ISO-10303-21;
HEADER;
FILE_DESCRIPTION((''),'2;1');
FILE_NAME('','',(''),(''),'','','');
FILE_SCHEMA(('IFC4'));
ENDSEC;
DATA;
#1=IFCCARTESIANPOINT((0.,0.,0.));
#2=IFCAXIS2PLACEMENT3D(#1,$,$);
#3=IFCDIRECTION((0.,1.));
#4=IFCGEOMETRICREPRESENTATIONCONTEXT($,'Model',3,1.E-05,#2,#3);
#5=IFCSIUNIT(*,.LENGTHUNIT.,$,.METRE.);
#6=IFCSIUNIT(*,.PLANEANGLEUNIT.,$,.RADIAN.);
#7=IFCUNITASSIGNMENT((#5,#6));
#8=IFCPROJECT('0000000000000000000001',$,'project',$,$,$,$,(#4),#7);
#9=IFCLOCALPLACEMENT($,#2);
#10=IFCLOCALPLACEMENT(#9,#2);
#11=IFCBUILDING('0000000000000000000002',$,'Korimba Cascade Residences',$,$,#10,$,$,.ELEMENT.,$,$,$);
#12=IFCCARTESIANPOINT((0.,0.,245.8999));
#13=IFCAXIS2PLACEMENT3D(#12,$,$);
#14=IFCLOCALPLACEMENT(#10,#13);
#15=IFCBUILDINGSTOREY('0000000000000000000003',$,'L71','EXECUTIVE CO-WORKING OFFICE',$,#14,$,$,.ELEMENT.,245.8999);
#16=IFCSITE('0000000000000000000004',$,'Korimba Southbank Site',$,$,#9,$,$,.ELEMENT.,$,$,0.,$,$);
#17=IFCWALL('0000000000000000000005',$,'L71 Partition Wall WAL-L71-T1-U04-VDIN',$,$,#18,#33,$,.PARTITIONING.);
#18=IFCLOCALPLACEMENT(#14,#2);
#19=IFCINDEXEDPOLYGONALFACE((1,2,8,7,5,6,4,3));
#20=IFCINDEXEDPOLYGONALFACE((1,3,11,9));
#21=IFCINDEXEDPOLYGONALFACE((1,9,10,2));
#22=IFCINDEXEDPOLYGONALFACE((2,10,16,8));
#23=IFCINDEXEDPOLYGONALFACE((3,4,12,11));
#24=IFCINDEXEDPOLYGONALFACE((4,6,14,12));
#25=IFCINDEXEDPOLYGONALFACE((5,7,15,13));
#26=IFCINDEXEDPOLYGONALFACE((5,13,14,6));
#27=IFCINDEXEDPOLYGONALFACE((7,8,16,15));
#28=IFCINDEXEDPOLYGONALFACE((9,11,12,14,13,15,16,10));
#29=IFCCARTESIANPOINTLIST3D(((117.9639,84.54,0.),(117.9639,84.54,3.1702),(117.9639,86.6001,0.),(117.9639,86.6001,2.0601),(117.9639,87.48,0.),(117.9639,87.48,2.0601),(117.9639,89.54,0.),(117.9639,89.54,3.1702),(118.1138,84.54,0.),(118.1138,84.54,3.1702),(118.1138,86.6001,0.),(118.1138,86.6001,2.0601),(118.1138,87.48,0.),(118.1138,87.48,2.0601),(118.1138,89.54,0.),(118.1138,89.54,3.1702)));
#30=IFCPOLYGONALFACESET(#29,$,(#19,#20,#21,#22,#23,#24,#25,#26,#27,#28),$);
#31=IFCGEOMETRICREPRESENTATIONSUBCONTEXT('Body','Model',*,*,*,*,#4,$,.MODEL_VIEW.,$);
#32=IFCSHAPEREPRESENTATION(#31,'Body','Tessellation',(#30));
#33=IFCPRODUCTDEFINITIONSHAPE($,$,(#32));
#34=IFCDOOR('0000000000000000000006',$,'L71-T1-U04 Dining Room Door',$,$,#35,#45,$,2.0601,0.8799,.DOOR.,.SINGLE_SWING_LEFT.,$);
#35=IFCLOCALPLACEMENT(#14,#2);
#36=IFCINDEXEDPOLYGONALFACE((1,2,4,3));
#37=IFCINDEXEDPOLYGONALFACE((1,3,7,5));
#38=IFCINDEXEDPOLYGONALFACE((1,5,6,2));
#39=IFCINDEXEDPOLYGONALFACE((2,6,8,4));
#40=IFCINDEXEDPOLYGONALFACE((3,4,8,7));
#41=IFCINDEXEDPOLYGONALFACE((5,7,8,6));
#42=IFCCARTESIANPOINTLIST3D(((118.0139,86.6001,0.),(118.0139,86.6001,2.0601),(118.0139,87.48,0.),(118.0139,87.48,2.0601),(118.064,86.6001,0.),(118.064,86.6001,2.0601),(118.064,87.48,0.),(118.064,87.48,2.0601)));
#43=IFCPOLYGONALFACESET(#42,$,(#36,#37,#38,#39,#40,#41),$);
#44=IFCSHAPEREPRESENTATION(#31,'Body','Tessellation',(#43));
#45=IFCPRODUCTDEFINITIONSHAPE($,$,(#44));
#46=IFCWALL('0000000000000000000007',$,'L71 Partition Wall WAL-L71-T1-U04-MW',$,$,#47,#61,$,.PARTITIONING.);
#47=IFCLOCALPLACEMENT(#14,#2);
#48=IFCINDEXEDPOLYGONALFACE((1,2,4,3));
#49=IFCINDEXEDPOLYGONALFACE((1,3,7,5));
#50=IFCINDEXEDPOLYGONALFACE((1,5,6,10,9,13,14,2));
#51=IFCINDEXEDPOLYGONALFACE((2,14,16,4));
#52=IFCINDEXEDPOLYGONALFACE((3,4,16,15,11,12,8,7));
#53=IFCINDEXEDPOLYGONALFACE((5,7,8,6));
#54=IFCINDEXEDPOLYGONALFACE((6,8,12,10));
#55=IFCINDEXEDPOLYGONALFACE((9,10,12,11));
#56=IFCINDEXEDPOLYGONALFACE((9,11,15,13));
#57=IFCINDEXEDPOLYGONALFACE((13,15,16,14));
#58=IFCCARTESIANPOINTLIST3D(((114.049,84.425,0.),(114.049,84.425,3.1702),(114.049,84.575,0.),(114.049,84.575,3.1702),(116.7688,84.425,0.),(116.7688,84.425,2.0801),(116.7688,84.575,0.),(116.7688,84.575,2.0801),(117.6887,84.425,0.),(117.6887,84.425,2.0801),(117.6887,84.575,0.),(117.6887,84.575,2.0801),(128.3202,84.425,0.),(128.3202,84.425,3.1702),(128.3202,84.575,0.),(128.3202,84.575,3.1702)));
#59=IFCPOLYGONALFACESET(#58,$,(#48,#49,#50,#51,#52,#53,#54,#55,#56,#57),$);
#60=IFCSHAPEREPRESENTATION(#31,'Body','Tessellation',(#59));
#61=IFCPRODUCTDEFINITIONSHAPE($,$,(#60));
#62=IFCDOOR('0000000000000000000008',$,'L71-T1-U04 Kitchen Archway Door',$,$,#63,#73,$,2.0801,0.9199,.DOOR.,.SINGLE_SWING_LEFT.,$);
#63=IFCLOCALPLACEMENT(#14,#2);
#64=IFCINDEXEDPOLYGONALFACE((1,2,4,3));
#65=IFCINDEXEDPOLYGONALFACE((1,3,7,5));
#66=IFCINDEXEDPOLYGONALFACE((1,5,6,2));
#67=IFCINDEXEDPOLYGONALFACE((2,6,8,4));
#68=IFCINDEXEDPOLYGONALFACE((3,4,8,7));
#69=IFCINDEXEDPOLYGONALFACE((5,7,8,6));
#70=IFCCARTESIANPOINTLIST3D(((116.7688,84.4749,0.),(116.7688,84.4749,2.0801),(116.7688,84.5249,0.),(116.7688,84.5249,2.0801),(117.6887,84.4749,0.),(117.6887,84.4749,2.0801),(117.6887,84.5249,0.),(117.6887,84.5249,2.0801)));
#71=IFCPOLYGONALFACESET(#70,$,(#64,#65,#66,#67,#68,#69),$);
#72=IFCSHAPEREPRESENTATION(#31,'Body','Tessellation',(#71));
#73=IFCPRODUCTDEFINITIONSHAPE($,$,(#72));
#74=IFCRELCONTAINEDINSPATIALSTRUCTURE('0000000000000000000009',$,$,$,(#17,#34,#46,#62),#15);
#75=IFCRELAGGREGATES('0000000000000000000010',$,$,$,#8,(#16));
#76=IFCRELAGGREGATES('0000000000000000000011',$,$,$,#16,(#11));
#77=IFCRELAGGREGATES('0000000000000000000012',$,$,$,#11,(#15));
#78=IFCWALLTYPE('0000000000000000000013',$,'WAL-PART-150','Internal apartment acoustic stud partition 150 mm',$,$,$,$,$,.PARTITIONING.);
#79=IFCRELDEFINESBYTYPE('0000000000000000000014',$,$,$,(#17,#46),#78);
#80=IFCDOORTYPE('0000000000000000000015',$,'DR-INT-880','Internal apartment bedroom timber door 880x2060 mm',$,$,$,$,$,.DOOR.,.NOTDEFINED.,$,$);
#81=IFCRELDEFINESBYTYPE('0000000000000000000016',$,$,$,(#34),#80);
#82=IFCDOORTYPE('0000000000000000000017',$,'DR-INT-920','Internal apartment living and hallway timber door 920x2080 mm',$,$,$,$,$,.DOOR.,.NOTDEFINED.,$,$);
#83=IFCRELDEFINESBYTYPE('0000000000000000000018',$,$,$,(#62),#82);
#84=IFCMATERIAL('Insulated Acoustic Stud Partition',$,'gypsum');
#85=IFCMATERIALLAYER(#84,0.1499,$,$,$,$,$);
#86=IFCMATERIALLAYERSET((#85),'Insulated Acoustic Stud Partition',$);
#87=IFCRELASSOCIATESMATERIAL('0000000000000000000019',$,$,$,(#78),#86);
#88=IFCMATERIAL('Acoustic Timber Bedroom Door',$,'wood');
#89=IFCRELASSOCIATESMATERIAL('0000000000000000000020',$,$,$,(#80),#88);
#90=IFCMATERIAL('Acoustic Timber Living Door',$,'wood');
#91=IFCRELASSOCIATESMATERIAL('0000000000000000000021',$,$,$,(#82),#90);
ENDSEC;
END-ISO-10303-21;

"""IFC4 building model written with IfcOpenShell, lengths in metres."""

from ifc_helpers import new_model, si_unit, direction, frame, frame_2d, origin, place, context, subcontext, project, spatial, rectangle, extrude, material, layer, layer_set, type_object, element, fill, save


model = new_model("IFC4")

# Units and contexts
model_context = context("Model", 3, precision=1e-05, world=origin(), true_north=direction((0.0, 1.0)))
body_context = subcontext(model_context, "Body", "Model", "MODEL_VIEW")
ifc_project = project(units=[si_unit("LENGTHUNIT", "METRE"), si_unit("PLANEANGLEUNIT", "RADIAN")], contexts=[model_context])

# Site, building, storey
site_placement = place(None, origin())
site = spatial("IfcSite", under=ifc_project, at=site_placement, Name="Korimba Southbank Site", CompositionType="ELEMENT", RefElevation=0.0)
building_placement = place(site_placement, origin())
building = spatial("IfcBuilding", under=site, at=building_placement, Name="Korimba Cascade Residences", CompositionType="ELEMENT")
storey_placement = place(building_placement, frame((0.0, 0.0, 245.8999)))
storey = spatial("IfcBuildingStorey", under=building, at=storey_placement, Name="L71", Description="EXECUTIVE CO-WORKING OFFICE", CompositionType="ELEMENT", Elevation=245.8999)

# Walls, openings, doors
ifc_material_1 = material(Name="Insulated Acoustic Stud Partition", Category="gypsum")
ifc_layer_1 = layer(ifc_material_1, 0.1499)
ifc_layer_set_1 = layer_set([ifc_layer_1], Name="Insulated Acoustic Stud Partition")
wall_type_1 = type_object("IfcWallType", Name="WAL-PART-150", Description="Internal apartment acoustic stud partition 150 mm", PredefinedType="PARTITIONING", material=ifc_layer_set_1)
ifc_material_2 = material(Name="Acoustic Timber Bedroom Door", Category="wood")
door_type_1 = type_object("IfcDoorType", Name="DR-INT-880", Description="Internal apartment bedroom timber door 880x2060 mm", OperationType="NOTDEFINED", PredefinedType="DOOR", material=ifc_material_2)
wall_1_placement = place(storey_placement, frame((118.0388, 84.54, 0.0), z_axis=(0.0, 0.0, 1.0), x_axis=(0.0, 1.0, 0.0)))
wall_1 = element("IfcWall", 1, at=wall_1_placement, inside=storey, type_object=wall_type_1, Name="L71 Partition Wall WAL-L71-T1-U04-VDIN", PredefinedType="PARTITIONING", context=body_context, shape_type="SweptSolid", body=[
    extrude(rectangle(XDim=5.0, YDim=0.1499, at=frame_2d((2.5, 0.0))), origin(), (0.0, 0.0, 1.0), 3.1702),
])
opening_1_placement = place(wall_1_placement, frame((2.0601, 0.0, 0.0)))
opening_1 = element("IfcOpeningElement", 2, at=opening_1_placement, cuts=wall_1, PredefinedType="OPENING", context=body_context, shape_type="SweptSolid", body=[
    extrude(rectangle(XDim=0.8799, YDim=2.0601, at=frame_2d((0.4399, 1.03))), frame((0.0, 0.085, 0.0), z_axis=(0.0, -1.0, 0.0), x_axis=(1.0, 0.0, 0.0)), (0.0, 0.0, 1.0), 0.1699),
])
door_1_placement = place(opening_1_placement, origin())
door_1 = element("IfcDoor", 3, at=door_1_placement, inside=storey, type_object=door_type_1, Name="L71-T1-U04 Dining Room Door", OperationType="SINGLE_SWING_LEFT", OverallHeight=2.0601, OverallWidth=0.8799, PredefinedType="DOOR", context=body_context, shape_type="SweptSolid", body=[
    extrude(rectangle(XDim=0.8799, YDim=2.0601, at=frame_2d((0.4399, 1.03))), frame((0.0, 0.0249, 0.0), z_axis=(0.0, -1.0, 0.0), x_axis=(1.0, 0.0, 0.0)), (0.0, 0.0, 1.0), 0.05),
])
fill(opening_1, door_1)
wall_2_placement = place(storey_placement, frame((114.0488, 84.5, 0.0), z_axis=(0.0, 0.0, 1.0), x_axis=(1.0, 0.0, 0.0)))
wall_2 = element("IfcWall", 4, at=wall_2_placement, inside=storey, type_object=wall_type_1, Name="L71 Partition Wall WAL-L71-T1-U04-MW", PredefinedType="PARTITIONING", context=body_context, shape_type="SweptSolid", body=[
    extrude(rectangle(XDim=14.2712, YDim=0.1499, at=frame_2d((7.1357, 0.0))), origin(), (0.0, 0.0, 1.0), 3.1702),
])
opening_2_placement = place(wall_2_placement, frame((2.72, 0.0, 0.0)))
opening_2 = element("IfcOpeningElement", 5, at=opening_2_placement, cuts=wall_2, PredefinedType="OPENING", context=body_context, shape_type="SweptSolid", body=[
    extrude(rectangle(XDim=0.9199, YDim=2.0801, at=frame_2d((0.46, 1.04))), frame((0.0, 0.085, 0.0), z_axis=(0.0, -1.0, 0.0), x_axis=(1.0, 0.0, 0.0)), (0.0, 0.0, 1.0), 0.1699),
])
ifc_material_3 = material(Name="Acoustic Timber Living Door", Category="wood")
door_type_2 = type_object("IfcDoorType", Name="DR-INT-920", Description="Internal apartment living and hallway timber door 920x2080 mm", OperationType="NOTDEFINED", PredefinedType="DOOR", material=ifc_material_3)
door_2_placement = place(opening_2_placement, origin())
door_2 = element("IfcDoor", 6, at=door_2_placement, inside=storey, type_object=door_type_2, Name="L71-T1-U04 Kitchen Archway Door", OperationType="SINGLE_SWING_LEFT", OverallHeight=2.0801, OverallWidth=0.9199, PredefinedType="DOOR", context=body_context, shape_type="SweptSolid", body=[
    extrude(rectangle(XDim=0.9199, YDim=2.0801, at=frame_2d((0.46, 1.04))), frame((0.0, 0.0249, 0.0), z_axis=(0.0, -1.0, 0.0), x_axis=(1.0, 0.0, 0.0)), (0.0, 0.0, 1.0), 0.05),
])
fill(opening_2, door_2)

save(model, "model.ifc")
